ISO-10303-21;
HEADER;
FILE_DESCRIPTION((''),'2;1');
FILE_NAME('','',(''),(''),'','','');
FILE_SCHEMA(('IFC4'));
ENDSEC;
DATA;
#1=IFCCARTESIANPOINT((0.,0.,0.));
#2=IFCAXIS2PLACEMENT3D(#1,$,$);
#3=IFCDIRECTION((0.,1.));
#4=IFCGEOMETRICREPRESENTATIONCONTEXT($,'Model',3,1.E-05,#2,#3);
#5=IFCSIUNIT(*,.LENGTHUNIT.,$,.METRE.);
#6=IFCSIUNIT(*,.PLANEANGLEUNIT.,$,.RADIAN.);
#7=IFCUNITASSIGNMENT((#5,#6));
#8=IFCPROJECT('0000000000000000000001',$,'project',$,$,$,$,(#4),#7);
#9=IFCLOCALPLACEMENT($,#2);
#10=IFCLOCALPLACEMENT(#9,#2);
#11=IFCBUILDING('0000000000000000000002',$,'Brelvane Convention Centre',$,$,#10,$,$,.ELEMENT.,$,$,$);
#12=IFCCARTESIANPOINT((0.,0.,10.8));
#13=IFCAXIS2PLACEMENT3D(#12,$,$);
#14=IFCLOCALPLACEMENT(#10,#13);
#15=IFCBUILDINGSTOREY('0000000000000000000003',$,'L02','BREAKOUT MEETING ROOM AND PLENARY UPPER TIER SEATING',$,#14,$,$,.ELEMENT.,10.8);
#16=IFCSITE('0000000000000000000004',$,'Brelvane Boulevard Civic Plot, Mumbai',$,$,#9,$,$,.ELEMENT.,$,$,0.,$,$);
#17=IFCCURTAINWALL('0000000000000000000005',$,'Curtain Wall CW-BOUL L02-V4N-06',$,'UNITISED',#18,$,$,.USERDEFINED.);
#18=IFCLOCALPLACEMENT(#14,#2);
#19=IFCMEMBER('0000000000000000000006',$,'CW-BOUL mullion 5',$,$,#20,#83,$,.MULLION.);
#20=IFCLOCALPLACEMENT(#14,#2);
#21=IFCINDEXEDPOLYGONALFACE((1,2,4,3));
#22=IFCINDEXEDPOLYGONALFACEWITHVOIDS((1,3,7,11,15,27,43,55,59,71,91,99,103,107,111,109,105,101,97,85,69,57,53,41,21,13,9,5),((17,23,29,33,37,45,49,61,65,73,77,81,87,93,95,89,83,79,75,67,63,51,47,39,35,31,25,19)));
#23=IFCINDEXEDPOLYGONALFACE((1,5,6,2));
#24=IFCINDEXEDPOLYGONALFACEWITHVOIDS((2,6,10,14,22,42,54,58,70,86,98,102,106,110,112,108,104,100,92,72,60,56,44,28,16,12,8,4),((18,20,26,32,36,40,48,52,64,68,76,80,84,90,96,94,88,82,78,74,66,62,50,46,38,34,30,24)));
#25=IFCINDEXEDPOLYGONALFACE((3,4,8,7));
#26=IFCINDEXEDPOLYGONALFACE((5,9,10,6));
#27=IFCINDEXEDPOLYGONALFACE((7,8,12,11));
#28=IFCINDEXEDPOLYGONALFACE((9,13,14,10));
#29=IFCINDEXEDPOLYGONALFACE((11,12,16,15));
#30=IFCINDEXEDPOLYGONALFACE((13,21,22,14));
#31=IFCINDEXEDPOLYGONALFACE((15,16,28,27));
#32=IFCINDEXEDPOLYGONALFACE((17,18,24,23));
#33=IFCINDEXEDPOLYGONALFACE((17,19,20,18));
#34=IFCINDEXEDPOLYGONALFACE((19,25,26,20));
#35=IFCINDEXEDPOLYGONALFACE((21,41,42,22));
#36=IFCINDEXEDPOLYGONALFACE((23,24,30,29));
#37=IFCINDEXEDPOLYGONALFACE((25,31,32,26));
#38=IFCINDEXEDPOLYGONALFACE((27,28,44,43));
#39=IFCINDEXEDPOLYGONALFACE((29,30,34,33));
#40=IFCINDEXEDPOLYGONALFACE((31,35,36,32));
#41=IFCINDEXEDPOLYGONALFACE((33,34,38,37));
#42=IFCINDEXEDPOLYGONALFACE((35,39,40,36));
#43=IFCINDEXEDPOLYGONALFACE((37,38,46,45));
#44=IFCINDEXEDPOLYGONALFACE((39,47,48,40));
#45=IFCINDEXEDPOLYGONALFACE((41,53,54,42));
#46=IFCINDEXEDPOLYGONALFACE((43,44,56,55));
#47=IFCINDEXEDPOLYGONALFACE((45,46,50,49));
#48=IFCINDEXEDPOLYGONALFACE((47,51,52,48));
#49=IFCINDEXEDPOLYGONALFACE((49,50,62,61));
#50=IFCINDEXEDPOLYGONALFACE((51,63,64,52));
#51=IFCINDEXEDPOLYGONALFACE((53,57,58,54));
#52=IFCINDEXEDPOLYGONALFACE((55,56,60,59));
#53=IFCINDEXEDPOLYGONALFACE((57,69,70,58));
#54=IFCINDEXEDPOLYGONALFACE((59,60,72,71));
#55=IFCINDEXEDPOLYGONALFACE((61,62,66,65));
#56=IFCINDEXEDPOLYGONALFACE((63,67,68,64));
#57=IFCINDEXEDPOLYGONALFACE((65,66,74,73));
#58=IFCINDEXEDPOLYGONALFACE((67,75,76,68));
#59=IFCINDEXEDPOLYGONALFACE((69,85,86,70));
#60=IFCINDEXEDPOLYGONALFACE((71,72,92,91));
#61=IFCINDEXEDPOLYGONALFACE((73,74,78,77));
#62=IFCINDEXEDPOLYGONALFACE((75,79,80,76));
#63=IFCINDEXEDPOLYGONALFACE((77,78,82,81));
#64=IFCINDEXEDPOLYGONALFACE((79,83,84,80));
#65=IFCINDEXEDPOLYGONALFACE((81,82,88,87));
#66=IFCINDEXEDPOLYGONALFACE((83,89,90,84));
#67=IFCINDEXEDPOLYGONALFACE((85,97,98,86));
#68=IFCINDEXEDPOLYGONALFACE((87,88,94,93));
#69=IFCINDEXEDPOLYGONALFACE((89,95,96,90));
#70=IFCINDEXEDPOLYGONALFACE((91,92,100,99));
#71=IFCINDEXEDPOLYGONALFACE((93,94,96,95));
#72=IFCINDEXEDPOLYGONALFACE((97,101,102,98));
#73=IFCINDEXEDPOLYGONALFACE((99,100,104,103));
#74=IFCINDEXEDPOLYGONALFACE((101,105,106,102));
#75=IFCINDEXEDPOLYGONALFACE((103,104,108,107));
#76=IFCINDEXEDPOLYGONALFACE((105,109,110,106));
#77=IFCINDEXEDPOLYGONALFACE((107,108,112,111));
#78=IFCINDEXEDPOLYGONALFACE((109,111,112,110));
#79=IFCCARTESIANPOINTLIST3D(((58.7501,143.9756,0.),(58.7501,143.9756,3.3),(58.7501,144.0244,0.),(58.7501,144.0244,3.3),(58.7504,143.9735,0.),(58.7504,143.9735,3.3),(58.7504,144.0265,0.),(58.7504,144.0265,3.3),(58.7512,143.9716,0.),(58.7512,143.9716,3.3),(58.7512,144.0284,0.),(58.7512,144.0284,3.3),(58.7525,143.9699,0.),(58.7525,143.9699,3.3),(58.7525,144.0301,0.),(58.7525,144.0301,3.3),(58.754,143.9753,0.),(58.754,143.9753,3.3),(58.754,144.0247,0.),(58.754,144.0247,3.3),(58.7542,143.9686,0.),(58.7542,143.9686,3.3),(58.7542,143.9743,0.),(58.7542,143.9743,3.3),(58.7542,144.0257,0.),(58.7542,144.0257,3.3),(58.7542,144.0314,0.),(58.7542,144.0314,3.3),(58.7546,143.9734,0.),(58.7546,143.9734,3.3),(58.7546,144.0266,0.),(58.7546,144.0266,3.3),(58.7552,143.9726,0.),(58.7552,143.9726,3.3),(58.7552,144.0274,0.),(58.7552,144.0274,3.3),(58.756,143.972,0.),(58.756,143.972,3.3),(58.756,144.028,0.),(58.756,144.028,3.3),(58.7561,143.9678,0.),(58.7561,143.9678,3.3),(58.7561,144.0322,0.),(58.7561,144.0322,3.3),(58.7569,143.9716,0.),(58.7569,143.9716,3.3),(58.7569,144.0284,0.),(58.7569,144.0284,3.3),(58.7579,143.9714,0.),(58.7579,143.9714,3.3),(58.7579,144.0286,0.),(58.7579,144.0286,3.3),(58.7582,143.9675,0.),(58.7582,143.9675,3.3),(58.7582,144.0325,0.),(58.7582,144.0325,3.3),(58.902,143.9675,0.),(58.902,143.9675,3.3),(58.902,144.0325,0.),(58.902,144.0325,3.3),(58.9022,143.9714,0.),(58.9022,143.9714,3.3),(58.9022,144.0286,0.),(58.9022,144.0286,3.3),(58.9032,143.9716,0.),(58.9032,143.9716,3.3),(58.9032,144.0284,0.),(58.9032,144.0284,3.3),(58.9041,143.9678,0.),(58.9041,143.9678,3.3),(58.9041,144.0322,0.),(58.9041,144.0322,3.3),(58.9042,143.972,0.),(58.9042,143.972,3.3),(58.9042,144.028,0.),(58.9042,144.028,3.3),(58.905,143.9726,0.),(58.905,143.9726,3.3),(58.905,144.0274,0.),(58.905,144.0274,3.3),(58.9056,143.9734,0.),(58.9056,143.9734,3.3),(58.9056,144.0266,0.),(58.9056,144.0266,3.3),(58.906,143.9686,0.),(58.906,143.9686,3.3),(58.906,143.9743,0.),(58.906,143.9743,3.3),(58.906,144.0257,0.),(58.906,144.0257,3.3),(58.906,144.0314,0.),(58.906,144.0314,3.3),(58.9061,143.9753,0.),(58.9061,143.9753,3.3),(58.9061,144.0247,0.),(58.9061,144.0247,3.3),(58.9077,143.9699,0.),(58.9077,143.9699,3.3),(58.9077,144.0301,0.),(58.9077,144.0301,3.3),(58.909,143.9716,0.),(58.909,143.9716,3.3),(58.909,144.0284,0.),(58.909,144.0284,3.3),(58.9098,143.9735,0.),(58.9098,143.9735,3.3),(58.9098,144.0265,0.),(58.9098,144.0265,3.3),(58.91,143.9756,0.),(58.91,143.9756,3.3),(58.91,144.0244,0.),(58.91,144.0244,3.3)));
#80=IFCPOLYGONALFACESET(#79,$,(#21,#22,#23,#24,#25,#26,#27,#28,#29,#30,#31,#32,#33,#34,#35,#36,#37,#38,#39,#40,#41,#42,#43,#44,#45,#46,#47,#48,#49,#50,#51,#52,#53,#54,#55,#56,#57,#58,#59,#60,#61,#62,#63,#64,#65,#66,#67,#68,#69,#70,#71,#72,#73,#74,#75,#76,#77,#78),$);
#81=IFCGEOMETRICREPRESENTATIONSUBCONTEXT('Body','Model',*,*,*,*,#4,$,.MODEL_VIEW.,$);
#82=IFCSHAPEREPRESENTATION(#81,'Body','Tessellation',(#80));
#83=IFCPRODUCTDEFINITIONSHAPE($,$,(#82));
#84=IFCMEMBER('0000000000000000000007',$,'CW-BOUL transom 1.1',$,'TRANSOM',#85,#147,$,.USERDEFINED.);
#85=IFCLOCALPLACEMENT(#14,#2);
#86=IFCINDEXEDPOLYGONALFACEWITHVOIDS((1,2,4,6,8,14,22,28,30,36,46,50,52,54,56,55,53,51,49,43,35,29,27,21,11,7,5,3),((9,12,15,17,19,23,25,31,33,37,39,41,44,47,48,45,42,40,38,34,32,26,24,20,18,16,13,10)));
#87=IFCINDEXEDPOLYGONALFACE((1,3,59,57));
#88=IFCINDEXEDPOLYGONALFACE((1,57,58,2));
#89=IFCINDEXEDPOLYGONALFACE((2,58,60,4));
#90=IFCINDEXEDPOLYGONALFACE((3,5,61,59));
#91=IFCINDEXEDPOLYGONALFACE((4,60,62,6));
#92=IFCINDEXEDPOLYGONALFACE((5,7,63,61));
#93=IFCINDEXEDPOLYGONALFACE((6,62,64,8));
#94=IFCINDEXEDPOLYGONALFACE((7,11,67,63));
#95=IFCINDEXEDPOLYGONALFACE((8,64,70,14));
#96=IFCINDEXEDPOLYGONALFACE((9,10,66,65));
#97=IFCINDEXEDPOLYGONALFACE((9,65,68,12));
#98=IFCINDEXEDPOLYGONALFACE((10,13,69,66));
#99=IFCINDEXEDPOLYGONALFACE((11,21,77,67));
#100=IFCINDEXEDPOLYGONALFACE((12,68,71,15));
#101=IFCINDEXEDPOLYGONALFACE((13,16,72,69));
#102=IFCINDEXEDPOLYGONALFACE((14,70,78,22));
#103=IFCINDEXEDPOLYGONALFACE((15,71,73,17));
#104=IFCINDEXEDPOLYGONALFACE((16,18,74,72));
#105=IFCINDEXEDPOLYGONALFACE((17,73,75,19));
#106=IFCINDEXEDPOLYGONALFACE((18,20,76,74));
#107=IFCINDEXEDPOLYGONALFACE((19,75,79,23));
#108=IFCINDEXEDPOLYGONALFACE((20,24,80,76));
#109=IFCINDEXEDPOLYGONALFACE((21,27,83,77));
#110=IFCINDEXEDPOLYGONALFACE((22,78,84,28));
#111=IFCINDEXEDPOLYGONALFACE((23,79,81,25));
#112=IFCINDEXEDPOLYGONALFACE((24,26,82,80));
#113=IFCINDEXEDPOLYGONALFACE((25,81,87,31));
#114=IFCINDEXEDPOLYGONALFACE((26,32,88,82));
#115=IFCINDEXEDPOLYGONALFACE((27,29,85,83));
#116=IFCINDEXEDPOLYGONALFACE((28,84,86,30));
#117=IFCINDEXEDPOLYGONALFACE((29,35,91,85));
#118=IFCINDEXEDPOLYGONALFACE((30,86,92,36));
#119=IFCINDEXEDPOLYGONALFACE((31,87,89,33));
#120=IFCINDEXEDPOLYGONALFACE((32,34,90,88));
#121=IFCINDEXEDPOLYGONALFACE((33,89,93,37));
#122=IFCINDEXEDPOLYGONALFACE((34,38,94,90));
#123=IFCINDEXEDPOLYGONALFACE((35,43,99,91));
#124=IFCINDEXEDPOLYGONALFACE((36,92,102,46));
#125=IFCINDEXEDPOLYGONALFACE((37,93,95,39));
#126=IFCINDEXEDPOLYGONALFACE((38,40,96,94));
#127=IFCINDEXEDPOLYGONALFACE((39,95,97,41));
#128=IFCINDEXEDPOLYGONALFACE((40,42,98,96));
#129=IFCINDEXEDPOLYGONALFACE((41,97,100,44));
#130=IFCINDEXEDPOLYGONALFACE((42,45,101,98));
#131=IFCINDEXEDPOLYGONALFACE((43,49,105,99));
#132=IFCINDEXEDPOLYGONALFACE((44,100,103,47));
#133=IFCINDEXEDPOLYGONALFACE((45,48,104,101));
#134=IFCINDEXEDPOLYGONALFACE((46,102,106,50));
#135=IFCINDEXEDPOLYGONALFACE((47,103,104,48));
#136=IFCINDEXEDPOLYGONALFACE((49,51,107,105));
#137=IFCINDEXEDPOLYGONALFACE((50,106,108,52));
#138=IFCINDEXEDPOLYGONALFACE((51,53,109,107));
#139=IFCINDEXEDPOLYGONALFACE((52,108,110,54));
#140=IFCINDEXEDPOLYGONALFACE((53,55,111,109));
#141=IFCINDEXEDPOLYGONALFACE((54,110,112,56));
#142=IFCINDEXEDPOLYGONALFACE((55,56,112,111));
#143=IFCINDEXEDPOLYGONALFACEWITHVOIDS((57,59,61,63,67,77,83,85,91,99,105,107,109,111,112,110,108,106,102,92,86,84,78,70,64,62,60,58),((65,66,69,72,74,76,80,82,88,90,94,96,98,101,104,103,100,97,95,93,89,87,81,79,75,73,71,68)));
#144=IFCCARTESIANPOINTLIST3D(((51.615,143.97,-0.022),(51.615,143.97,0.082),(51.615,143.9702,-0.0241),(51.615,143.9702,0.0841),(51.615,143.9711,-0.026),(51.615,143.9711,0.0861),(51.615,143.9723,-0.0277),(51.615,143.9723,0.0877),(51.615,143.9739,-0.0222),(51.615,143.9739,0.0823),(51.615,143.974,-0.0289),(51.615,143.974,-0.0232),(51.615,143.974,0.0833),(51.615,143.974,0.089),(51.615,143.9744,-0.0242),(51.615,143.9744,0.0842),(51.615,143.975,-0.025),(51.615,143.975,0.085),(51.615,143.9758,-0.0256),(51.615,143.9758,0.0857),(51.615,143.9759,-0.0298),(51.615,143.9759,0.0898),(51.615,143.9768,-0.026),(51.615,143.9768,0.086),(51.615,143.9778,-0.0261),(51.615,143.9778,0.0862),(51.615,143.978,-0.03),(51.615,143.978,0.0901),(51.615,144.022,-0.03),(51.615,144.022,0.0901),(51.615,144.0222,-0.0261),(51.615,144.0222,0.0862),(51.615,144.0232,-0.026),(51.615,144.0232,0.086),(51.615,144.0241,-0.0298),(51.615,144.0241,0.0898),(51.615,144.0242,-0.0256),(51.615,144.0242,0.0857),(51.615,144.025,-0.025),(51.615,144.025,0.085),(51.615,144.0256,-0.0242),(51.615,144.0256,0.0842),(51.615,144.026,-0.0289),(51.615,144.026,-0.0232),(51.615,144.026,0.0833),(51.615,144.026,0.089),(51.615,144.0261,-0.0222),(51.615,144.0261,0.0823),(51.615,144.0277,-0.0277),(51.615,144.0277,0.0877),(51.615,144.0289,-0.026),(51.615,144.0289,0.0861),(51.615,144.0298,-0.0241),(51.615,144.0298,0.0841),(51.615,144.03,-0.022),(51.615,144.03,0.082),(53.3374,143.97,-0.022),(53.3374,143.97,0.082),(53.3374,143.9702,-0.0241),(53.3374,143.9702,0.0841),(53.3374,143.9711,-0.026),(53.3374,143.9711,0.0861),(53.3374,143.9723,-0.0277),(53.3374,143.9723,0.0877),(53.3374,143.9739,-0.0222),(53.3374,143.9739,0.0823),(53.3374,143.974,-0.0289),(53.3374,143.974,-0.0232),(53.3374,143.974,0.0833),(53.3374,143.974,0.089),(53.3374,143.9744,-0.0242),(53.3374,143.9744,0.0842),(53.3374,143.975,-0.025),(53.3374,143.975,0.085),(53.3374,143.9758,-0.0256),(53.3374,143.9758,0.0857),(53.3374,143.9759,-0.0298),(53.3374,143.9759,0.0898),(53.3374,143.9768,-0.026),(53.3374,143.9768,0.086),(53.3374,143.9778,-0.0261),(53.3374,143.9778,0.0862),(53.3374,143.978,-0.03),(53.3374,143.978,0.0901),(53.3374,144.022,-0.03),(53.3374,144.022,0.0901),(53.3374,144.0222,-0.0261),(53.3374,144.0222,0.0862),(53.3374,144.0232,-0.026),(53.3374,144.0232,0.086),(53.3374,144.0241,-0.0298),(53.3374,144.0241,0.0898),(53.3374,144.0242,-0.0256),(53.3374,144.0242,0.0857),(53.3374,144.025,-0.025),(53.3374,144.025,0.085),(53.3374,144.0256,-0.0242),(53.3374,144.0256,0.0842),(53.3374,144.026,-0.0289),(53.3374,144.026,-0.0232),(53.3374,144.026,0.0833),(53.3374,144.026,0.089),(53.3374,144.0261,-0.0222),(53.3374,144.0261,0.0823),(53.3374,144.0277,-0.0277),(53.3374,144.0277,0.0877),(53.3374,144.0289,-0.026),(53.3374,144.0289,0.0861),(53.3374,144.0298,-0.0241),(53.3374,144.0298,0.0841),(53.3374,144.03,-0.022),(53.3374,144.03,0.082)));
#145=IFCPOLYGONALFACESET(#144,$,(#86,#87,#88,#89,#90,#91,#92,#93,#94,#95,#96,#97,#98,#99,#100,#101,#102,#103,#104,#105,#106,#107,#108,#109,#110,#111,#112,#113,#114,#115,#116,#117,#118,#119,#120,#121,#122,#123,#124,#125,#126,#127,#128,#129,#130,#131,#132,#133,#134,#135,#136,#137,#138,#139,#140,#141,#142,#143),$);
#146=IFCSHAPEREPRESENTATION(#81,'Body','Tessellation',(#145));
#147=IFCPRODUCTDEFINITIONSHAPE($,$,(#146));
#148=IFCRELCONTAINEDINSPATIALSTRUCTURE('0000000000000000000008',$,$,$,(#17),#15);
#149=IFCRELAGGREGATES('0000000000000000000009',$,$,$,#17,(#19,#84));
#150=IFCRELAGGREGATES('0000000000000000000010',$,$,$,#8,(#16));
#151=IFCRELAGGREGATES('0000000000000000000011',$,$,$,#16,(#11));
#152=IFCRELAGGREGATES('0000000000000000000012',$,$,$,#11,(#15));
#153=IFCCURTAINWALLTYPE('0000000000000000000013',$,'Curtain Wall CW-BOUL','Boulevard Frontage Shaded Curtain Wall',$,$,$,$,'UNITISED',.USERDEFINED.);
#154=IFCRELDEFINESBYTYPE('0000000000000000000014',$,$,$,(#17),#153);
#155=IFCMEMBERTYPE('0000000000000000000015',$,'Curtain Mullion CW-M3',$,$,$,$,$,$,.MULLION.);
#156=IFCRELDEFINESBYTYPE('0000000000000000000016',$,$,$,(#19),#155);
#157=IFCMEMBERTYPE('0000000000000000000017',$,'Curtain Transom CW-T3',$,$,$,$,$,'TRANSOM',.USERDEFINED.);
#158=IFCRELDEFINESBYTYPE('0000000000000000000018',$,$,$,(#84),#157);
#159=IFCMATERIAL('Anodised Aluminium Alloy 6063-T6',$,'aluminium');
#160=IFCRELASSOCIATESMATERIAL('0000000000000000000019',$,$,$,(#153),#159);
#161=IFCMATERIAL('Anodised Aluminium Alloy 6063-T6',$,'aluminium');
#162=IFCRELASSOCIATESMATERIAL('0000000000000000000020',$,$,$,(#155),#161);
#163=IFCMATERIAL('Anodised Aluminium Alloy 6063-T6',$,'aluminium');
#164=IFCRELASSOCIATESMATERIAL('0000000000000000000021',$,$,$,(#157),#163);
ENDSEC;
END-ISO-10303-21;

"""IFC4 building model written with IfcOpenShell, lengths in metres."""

from ifc_helpers import new_model, si_unit, direction, frame, origin, origin_2d, place, context, subcontext, project, spatial, hollow_rectangle, extrude, material, material_profile, profile_set, type_object, element, aggregate, save


model = new_model("IFC4")

# Units and contexts
model_context = context("Model", 3, precision=1e-05, world=origin(), true_north=direction((0.0, 1.0)))
body_context = subcontext(model_context, "Body", "Model", "MODEL_VIEW")
ifc_project = project(units=[si_unit("LENGTHUNIT", "METRE"), si_unit("PLANEANGLEUNIT", "RADIAN")], contexts=[model_context])

# Site, building, storey
site_placement = place(None, origin())
site = spatial("IfcSite", under=ifc_project, at=site_placement, Name="Brelvane Boulevard Civic Plot, Mumbai", CompositionType="ELEMENT", RefElevation=0.0)
building_placement = place(site_placement, origin())
building = spatial("IfcBuilding", under=site, at=building_placement, Name="Brelvane Convention Centre", CompositionType="ELEMENT")
storey_placement = place(building_placement, frame((0.0, 0.0, 10.8)))
storey = spatial("IfcBuildingStorey", under=building, at=storey_placement, Name="L02", Description="BREAKOUT MEETING ROOM AND PLENARY UPPER TIER SEATING", CompositionType="ELEMENT", Elevation=10.8)

# Curtain wall, members
ifc_material_1 = material(Name="Anodised Aluminium Alloy 6063-T6", Category="aluminium")
curtain_wall_type = type_object("IfcCurtainWallType", Name="Curtain Wall CW-BOUL", Description="Boulevard Frontage Shaded Curtain Wall", ElementType="UNITISED", PredefinedType="USERDEFINED", material=ifc_material_1)
curtain_wall_placement = place(storey_placement, origin())
curtain_wall = element("IfcCurtainWall", 1, at=curtain_wall_placement, inside=storey, type_object=curtain_wall_type, Name="Curtain Wall CW-BOUL L02-V4N-06", ObjectType="UNITISED", PredefinedType="USERDEFINED")
ifc_material_2 = material(Name="Anodised Aluminium Alloy 6063-T6", Category="aluminium")
ifc_material_profile_1 = material_profile(ifc_material_2, hollow_rectangle(XDim=0.0649, YDim=0.1599, WallThickness=0.0039, InnerFilletRadius=0.0039, OuterFilletRadius=0.0081, at=origin_2d()), Name="ALU-M 160x65x4.0")
ifc_profile_set_1 = profile_set([ifc_material_profile_1], Name="Anodised Aluminium Alloy 6063-T6")
member_type_1 = type_object("IfcMemberType", Name="Curtain Mullion CW-M3", PredefinedType="MULLION", material=ifc_profile_set_1)
member_1_placement = place(storey_placement, frame((58.8301, 144.0, 0.0), z_axis=(0.0, 0.0, 1.0), x_axis=(0.0, 1.0, 0.0)))
member_1 = element("IfcMember", 2, at=member_1_placement, type_object=member_type_1, Name="CW-BOUL mullion 5", PredefinedType="MULLION", context=body_context, shape_type="SweptSolid", body=[
    extrude(hollow_rectangle(XDim=0.0649, YDim=0.1599, WallThickness=0.0039, InnerFilletRadius=0.0039, OuterFilletRadius=0.0081, at=origin_2d()), origin(), (0.0, 0.0, 1.0), 3.3),
])
ifc_material_3 = material(Name="Anodised Aluminium Alloy 6063-T6", Category="aluminium")
ifc_material_profile_2 = material_profile(ifc_material_3, hollow_rectangle(XDim=0.0601, YDim=0.1201, WallThickness=0.0039, InnerFilletRadius=0.0039, OuterFilletRadius=0.0081, at=origin_2d()), Name="ALU-T 120x60x4.0")
ifc_profile_set_2 = profile_set([ifc_material_profile_2], Name="Anodised Aluminium Alloy 6063-T6")
member_type_2 = type_object("IfcMemberType", Name="Curtain Transom CW-T3", ElementType="TRANSOM", PredefinedType="USERDEFINED", material=ifc_profile_set_2)
member_2_placement = place(storey_placement, frame((51.615, 144.0, 0.03), z_axis=(1.0, 0.0, 0.0), x_axis=(0.0, 1.0, 0.0)))
member_2 = element("IfcMember", 3, at=member_2_placement, type_object=member_type_2, Name="CW-BOUL transom 1.1", ObjectType="TRANSOM", PredefinedType="USERDEFINED", context=body_context, shape_type="SweptSolid", body=[
    extrude(hollow_rectangle(XDim=0.0601, YDim=0.1201, WallThickness=0.0039, InnerFilletRadius=0.0039, OuterFilletRadius=0.0081, at=origin_2d()), origin(), (0.0, 0.0, 1.0), 1.7224),
])

aggregate(curtain_wall, [member_1, member_2])

save(model, "model.ifc")
